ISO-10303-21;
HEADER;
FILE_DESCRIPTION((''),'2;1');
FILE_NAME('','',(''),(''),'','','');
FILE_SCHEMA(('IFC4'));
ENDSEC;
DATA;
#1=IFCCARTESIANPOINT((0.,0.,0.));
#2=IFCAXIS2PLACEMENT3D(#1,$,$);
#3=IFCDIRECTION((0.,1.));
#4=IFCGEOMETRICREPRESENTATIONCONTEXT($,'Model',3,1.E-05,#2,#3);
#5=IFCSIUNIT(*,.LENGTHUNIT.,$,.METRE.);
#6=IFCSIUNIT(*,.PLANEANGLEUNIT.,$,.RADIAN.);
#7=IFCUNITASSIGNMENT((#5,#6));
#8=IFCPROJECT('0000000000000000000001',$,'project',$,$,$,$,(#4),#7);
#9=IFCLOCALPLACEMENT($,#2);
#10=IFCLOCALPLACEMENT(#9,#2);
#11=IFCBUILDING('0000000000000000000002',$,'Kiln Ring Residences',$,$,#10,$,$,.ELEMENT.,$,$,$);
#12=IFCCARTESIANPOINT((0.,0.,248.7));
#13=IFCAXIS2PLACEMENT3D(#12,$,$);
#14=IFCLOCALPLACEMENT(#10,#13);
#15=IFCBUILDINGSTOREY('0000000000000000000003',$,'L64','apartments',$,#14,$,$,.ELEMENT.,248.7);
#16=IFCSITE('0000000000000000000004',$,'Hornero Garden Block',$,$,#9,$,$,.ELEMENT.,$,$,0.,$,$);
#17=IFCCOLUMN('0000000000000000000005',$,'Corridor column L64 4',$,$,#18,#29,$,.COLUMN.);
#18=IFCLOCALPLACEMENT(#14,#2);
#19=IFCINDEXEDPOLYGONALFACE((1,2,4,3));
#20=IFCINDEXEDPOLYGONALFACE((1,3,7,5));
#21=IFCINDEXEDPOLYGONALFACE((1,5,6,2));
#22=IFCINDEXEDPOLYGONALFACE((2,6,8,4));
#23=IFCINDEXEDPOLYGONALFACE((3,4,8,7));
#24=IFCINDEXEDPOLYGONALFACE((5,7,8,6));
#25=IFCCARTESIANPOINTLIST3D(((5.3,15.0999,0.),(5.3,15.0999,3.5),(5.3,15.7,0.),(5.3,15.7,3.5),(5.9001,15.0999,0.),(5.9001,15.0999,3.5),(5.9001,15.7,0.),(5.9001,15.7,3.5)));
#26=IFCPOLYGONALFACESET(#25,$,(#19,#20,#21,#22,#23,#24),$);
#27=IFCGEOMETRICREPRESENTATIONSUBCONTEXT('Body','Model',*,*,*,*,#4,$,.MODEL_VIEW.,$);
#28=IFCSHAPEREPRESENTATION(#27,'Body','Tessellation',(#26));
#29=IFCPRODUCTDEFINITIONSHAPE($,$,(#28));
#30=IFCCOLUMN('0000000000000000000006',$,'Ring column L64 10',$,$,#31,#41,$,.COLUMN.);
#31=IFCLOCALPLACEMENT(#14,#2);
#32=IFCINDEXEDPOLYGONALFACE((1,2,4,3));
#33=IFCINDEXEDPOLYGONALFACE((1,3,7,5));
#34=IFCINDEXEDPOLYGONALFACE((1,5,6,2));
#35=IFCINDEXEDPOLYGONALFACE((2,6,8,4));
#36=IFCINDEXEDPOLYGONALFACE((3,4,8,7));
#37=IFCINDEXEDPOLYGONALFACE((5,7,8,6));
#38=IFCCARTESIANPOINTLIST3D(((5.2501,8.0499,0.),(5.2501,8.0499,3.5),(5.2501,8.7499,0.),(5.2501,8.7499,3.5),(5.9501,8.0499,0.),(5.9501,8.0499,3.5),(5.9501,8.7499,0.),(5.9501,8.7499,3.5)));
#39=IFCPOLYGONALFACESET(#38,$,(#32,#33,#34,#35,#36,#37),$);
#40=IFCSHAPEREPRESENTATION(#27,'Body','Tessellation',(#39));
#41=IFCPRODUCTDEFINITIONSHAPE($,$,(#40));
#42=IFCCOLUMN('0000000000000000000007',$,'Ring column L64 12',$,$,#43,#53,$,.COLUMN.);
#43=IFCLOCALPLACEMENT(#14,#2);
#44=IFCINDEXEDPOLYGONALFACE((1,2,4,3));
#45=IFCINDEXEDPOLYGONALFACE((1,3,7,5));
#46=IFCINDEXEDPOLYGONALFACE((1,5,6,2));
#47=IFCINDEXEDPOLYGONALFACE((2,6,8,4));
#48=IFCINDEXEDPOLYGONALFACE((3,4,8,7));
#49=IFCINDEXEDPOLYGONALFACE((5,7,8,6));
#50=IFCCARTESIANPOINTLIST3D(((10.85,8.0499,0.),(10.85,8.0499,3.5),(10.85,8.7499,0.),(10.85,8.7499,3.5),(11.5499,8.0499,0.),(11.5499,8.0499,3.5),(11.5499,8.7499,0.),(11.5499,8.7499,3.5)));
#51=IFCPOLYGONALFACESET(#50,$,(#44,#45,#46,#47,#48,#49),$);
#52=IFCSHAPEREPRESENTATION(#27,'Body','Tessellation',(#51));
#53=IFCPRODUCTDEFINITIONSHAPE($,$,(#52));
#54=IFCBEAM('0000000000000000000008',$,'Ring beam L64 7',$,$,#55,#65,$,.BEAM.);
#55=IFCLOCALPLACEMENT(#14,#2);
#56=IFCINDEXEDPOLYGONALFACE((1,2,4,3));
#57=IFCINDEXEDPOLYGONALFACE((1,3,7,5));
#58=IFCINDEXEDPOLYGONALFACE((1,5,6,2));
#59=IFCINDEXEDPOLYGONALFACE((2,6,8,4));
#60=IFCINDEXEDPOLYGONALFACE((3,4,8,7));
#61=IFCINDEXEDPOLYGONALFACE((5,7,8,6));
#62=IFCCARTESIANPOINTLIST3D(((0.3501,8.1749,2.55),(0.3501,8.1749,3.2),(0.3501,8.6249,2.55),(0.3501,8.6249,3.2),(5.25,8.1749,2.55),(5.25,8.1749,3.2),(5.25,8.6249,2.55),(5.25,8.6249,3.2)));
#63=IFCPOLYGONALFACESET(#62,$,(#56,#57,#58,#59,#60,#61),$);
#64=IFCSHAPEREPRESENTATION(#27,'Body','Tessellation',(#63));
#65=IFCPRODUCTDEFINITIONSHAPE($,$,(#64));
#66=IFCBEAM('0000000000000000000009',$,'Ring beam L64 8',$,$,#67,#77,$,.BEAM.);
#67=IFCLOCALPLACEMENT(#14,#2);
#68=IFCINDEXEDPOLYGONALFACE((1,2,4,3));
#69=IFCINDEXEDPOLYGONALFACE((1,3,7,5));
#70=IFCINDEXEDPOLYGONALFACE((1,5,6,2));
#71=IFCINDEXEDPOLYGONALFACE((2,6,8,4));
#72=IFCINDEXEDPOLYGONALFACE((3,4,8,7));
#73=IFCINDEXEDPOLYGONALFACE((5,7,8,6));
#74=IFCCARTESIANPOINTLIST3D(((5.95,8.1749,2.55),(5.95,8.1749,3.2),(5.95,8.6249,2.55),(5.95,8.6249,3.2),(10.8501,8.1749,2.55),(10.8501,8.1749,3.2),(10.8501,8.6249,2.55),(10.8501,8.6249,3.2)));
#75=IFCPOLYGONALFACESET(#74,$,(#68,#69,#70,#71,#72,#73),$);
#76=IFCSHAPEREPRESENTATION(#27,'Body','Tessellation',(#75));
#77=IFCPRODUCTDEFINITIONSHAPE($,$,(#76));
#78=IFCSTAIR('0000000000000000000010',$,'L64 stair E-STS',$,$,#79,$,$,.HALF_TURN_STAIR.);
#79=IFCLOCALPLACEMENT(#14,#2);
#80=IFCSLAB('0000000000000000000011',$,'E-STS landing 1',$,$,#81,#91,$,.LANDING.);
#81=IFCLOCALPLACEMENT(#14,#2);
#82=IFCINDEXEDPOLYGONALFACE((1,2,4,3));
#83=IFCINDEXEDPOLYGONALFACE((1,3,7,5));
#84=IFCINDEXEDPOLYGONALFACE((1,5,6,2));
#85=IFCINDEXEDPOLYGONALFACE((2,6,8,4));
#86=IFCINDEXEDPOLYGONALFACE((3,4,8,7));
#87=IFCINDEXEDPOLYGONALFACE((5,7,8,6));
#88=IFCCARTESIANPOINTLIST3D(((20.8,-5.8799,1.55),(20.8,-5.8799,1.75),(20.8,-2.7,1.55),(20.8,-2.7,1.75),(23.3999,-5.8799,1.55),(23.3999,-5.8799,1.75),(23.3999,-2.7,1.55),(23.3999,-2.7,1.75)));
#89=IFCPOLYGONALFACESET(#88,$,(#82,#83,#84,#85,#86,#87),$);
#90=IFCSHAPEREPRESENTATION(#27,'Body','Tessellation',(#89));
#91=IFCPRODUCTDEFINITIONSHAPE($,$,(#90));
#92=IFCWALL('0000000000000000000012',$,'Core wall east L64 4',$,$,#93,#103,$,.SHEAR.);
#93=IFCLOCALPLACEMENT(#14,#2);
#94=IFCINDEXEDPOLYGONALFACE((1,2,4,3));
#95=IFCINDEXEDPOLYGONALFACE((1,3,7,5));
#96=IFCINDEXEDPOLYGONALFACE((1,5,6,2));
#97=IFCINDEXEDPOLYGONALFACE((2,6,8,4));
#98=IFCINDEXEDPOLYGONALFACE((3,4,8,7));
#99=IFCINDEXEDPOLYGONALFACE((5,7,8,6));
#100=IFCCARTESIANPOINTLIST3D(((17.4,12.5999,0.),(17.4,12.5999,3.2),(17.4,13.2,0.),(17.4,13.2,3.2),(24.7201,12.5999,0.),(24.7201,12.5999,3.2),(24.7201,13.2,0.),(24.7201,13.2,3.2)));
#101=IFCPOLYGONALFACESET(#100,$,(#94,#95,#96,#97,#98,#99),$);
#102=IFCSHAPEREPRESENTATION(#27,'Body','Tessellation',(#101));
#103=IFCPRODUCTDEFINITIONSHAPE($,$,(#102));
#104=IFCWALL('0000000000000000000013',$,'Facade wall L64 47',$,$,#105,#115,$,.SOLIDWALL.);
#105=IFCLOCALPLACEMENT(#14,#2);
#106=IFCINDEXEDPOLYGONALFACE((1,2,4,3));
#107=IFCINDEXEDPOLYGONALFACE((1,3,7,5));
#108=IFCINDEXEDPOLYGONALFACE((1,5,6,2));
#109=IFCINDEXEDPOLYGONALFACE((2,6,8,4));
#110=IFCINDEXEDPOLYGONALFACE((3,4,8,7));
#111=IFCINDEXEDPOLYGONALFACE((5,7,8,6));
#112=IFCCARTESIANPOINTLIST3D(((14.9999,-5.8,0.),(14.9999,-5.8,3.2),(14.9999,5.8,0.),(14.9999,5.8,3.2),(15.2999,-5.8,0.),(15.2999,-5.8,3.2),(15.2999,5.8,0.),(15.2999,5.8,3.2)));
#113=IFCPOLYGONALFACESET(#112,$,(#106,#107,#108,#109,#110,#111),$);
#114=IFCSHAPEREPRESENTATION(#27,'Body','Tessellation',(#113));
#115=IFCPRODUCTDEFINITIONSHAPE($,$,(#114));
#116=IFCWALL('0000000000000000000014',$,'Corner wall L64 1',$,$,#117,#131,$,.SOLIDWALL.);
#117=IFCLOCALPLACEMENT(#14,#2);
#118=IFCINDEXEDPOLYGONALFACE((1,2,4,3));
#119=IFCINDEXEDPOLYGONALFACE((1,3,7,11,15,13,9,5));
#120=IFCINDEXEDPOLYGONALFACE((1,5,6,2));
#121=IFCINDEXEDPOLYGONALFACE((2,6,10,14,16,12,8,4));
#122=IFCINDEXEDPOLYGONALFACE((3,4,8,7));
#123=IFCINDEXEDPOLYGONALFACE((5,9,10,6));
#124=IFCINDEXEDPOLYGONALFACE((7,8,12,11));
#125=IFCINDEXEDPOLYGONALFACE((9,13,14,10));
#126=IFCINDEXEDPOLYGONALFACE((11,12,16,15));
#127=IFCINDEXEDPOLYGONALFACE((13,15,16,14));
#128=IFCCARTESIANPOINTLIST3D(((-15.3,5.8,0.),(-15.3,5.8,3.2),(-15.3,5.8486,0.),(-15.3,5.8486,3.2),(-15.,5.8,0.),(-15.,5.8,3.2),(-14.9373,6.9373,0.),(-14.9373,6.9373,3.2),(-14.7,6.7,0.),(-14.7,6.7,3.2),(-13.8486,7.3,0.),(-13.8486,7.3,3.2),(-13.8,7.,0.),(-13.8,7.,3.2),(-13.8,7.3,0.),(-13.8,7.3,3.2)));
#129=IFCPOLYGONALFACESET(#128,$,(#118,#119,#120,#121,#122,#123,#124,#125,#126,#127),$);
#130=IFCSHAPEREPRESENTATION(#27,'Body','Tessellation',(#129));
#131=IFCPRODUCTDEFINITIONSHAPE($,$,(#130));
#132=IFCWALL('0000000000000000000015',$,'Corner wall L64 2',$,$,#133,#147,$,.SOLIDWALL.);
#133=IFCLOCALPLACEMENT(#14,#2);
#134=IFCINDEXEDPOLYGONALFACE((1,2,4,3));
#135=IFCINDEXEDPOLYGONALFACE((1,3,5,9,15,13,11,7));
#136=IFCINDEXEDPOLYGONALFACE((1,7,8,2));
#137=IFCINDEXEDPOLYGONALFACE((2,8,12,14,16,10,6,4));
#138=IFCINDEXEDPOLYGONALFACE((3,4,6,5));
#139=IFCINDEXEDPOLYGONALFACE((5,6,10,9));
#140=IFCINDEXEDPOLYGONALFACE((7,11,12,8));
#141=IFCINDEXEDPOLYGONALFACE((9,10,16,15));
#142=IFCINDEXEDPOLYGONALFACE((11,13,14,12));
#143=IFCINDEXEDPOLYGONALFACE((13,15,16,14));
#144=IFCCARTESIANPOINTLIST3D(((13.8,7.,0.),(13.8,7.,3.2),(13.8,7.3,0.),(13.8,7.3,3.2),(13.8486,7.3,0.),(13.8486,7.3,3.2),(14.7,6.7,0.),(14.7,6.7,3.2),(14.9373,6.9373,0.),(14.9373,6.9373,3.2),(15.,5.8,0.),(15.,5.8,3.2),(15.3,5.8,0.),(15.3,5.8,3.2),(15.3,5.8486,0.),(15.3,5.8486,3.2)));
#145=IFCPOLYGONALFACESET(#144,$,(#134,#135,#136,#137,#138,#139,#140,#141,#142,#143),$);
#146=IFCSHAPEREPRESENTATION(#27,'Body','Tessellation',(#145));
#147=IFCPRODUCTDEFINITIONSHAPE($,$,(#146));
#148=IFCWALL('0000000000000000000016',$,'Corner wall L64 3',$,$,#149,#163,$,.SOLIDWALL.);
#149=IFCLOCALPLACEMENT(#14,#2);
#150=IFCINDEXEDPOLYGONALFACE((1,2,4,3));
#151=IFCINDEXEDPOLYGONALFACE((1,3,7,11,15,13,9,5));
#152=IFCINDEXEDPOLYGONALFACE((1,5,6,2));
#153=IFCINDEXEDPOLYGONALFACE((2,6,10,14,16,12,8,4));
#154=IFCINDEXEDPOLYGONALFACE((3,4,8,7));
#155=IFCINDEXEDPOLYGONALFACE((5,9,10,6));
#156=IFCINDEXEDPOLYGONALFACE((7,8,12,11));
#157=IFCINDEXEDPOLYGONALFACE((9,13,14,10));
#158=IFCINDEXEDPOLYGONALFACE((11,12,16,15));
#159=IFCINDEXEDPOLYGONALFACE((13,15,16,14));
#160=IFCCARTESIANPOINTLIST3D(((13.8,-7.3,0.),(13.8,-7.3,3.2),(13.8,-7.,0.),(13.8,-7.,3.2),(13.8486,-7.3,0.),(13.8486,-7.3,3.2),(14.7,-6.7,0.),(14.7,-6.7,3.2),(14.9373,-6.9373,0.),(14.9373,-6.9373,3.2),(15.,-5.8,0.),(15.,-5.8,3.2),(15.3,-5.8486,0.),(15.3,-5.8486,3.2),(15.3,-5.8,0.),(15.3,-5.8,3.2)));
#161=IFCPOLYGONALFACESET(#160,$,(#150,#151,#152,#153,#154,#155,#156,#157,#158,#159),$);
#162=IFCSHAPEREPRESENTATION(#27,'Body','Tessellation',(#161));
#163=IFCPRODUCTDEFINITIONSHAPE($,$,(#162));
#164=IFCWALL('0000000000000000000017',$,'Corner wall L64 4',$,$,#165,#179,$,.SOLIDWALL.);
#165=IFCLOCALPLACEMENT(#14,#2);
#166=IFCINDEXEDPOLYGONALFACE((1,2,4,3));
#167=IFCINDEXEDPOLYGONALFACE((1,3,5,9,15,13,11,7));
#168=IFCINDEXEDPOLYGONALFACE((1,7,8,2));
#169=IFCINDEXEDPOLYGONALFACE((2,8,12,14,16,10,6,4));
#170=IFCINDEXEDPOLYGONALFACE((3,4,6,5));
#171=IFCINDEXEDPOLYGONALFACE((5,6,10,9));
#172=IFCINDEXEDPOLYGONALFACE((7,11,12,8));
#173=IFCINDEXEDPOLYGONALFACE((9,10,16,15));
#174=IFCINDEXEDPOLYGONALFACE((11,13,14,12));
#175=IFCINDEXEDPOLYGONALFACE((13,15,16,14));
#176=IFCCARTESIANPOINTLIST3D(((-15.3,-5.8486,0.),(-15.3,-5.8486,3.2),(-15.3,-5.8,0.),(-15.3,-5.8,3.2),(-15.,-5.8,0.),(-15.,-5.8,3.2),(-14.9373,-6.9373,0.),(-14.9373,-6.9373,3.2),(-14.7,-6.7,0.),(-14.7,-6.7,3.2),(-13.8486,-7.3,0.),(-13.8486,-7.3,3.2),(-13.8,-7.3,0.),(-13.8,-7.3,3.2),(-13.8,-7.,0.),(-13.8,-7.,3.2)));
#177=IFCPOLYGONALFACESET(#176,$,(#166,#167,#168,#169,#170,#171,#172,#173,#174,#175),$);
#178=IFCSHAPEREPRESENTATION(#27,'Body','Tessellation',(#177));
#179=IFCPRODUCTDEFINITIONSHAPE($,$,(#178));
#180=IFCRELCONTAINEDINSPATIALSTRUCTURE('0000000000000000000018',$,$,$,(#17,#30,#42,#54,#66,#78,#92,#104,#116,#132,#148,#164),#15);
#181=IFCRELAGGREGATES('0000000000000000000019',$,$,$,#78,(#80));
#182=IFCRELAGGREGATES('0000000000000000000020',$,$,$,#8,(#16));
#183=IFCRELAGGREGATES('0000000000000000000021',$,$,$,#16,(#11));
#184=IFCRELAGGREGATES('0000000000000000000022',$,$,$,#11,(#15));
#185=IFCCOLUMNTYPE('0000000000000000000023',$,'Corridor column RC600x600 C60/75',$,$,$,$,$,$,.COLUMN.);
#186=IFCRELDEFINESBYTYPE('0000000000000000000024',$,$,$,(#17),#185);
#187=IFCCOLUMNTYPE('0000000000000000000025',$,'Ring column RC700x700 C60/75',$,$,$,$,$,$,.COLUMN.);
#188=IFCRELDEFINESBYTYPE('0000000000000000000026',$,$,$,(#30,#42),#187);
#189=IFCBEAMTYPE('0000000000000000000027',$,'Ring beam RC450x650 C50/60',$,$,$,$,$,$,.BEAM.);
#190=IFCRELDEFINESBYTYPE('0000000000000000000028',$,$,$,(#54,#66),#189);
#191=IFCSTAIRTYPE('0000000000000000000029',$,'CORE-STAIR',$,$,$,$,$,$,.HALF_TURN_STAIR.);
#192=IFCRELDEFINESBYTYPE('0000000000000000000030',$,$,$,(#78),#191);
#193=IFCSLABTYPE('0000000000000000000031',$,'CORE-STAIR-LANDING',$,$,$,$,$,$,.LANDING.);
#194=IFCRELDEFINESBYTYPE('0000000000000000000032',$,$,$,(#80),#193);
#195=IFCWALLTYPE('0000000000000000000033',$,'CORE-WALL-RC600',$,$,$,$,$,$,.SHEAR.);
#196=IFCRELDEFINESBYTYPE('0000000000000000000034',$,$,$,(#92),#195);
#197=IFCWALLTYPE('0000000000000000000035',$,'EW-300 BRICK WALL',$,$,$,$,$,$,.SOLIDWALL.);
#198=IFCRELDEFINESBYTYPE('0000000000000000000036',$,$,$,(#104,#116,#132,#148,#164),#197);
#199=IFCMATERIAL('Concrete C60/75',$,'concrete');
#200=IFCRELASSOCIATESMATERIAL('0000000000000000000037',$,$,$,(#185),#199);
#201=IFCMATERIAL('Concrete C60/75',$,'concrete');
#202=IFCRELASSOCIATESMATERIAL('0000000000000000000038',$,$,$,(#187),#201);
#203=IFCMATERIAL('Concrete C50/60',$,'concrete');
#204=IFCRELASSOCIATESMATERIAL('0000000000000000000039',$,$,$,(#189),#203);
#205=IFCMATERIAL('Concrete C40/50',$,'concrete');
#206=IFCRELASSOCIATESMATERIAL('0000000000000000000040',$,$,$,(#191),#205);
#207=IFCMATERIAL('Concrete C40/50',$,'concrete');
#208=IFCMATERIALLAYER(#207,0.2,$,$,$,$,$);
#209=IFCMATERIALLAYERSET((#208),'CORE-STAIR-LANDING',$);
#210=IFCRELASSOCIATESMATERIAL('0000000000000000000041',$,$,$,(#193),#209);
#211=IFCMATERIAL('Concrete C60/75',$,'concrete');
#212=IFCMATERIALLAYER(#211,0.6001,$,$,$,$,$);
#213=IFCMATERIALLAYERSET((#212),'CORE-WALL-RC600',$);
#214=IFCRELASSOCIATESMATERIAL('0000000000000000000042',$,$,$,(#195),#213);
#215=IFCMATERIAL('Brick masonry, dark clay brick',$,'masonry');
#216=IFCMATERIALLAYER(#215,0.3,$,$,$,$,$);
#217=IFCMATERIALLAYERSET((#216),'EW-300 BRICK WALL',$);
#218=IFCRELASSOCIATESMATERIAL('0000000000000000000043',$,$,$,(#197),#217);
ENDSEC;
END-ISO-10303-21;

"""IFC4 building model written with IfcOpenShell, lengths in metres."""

from ifc_helpers import new_model, si_unit, direction, frame, frame_2d, origin, origin_2d, place, context, subcontext, project, spatial, polyline, rectangle, outline, extrude, material, layer, layer_set, material_profile, profile_set, type_object, element, aggregate, save


model = new_model("IFC4")

# Units and contexts
model_context = context("Model", 3, precision=1e-05, world=origin(), true_north=direction((0.0, 1.0)))
body_context = subcontext(model_context, "Body", "Model", "MODEL_VIEW")
ifc_project = project(units=[si_unit("LENGTHUNIT", "METRE"), si_unit("PLANEANGLEUNIT", "RADIAN")], contexts=[model_context])

# Site, building, storey
site_placement = place(None, origin())
site = spatial("IfcSite", under=ifc_project, at=site_placement, Name="Hornero Garden Block", CompositionType="ELEMENT", RefElevation=0.0)
building_placement = place(site_placement, origin())
building = spatial("IfcBuilding", under=site, at=building_placement, Name="Kiln Ring Residences", CompositionType="ELEMENT")
storey_placement = place(building_placement, frame((0.0, 0.0, 248.7)))
storey = spatial("IfcBuildingStorey", under=building, at=storey_placement, Name="L64", Description="apartments", CompositionType="ELEMENT", Elevation=248.7)

# Columns
ifc_material_1 = material(Name="Concrete C60/75", Category="concrete")
ifc_material_profile_1 = material_profile(ifc_material_1, rectangle(XDim=0.6001, YDim=0.6001, at=origin_2d()), Name="RC600x600")
ifc_profile_set_1 = profile_set([ifc_material_profile_1], Name="Concrete C60/75")
column_type_1 = type_object("IfcColumnType", Name="Corridor column RC600x600 C60/75", PredefinedType="COLUMN", material=ifc_profile_set_1)
column_placement = place(storey_placement, frame((5.6001, 15.3999, 0.0), z_axis=(0.0, 0.0, 1.0), x_axis=(1.0, 0.0, 0.0)))
element("IfcColumn", 1, at=column_placement, inside=storey, type_object=column_type_1, Name="Corridor column L64 4", PredefinedType="COLUMN", context=body_context, shape_type="SweptSolid", body=[
    extrude(rectangle(XDim=0.6001, YDim=0.6001, at=origin_2d()), origin(), (0.0, 0.0, 1.0), 3.5),
])
ifc_material_2 = material(Name="Concrete C60/75", Category="concrete")
ifc_material_profile_2 = material_profile(ifc_material_2, rectangle(XDim=0.7, YDim=0.7, at=origin_2d()), Name="RC700x700")
ifc_profile_set_2 = profile_set([ifc_material_profile_2], Name="Concrete C60/75")
column_type_2 = type_object("IfcColumnType", Name="Ring column RC700x700 C60/75", PredefinedType="COLUMN", material=ifc_profile_set_2)
for number, where, z_axis, x_axis, name in (
    (2, (5.6001, 8.3999, 0.0), (0.0, 0.0, 1.0), (1.0, 0.0, 0.0), "Ring column L64 10"),
    (3, (11.2, 8.3999, 0.0), (0.0, 0.0, 1.0), (1.0, 0.0, 0.0), "Ring column L64 12"),
):
    element("IfcColumn", number, at=place(storey_placement, frame(where, z_axis=z_axis, x_axis=x_axis)), inside=storey, type_object=column_type_2, Name=name, PredefinedType="COLUMN", context=body_context, shape_type="SweptSolid", body=[
        extrude(rectangle(XDim=0.7, YDim=0.7, at=origin_2d()), origin(), (0.0, 0.0, 1.0), 3.5),
    ])

# Beams
ifc_material_3 = material(Name="Concrete C50/60", Category="concrete")
ifc_material_profile_3 = material_profile(ifc_material_3, rectangle(XDim=0.45, YDim=0.6499, at=origin_2d()), Name="RC450x650")
ifc_profile_set_3 = profile_set([ifc_material_profile_3], Name="Concrete C50/60")
beam_type = type_object("IfcBeamType", Name="Ring beam RC450x650 C50/60", PredefinedType="BEAM", material=ifc_profile_set_3)
beam_1_placement = place(storey_placement, frame((0.3501, 8.3999, 2.875), z_axis=(1.0, 0.0, 0.0), x_axis=(0.0, 1.0, 0.0)))
element("IfcBeam", 4, at=beam_1_placement, inside=storey, type_object=beam_type, Name="Ring beam L64 7", PredefinedType="BEAM", context=body_context, shape_type="SweptSolid", body=[
    extrude(rectangle(XDim=0.45, YDim=0.6499, at=origin_2d()), origin(), (0.0, 0.0, 1.0), 4.8999),
])
beam_2_placement = place(storey_placement, frame((5.95, 8.3999, 2.875), z_axis=(1.0, 0.0, 0.0), x_axis=(0.0, 1.0, 0.0)))
element("IfcBeam", 5, at=beam_2_placement, inside=storey, type_object=beam_type, Name="Ring beam L64 8", PredefinedType="BEAM", context=body_context, shape_type="SweptSolid", body=[
    extrude(rectangle(XDim=0.45, YDim=0.6499, at=origin_2d()), origin(), (0.0, 0.0, 1.0), 4.9001),
])

# Stair, slab
ifc_material_4 = material(Name="Concrete C40/50", Category="concrete")
stair_type = type_object("IfcStairType", Name="CORE-STAIR", PredefinedType="HALF_TURN_STAIR", material=ifc_material_4)
placement = place(storey_placement, origin())
stair = element("IfcStair", 6, at=placement, inside=storey, type_object=stair_type, Name="L64 stair E-STS", PredefinedType="HALF_TURN_STAIR")
ifc_material_5 = material(Name="Concrete C40/50", Category="concrete")
ifc_layer_1 = layer(ifc_material_5, 0.2)
ifc_layer_set_1 = layer_set([ifc_layer_1], Name="CORE-STAIR-LANDING")
slab_type = type_object("IfcSlabType", Name="CORE-STAIR-LANDING", PredefinedType="LANDING", material=ifc_layer_set_1)
slab_placement = place(storey_placement, frame((0.0, 0.0, 1.55)))
slab = element("IfcSlab", 7, at=slab_placement, type_object=slab_type, Name="E-STS landing 1", PredefinedType="LANDING", context=body_context, shape_type="SweptSolid", body=[
    extrude(outline(polyline([(23.3999, -5.8799), (23.3999, -2.7), (20.8, -2.7), (20.8, -5.8799), (23.3999, -5.8799)])), origin(), (0.0, 0.0, 1.0), 0.2),
])
aggregate(stair, [slab])

# Walls
ifc_material_6 = material(Name="Concrete C60/75", Category="concrete")
ifc_layer_2 = layer(ifc_material_6, 0.6001)
ifc_layer_set_2 = layer_set([ifc_layer_2], Name="CORE-WALL-RC600")
wall_type_1 = type_object("IfcWallType", Name="CORE-WALL-RC600", PredefinedType="SHEAR", material=ifc_layer_set_2)
wall_1_placement = place(storey_placement, frame((17.3999, 12.8999, 0.0), z_axis=(0.0, 0.0, 1.0), x_axis=(1.0, 0.0, 0.0)))
element("IfcWall", 8, at=wall_1_placement, inside=storey, type_object=wall_type_1, Name="Core wall east L64 4", PredefinedType="SHEAR", context=body_context, shape_type="SweptSolid", body=[
    extrude(rectangle(XDim=7.3201, YDim=0.6001, at=frame_2d((3.6602, 0.0))), origin(), (0.0, 0.0, 1.0), 3.2),
])
ifc_material_7 = material(Name="Brick masonry, dark clay brick", Category="masonry")
ifc_layer_3 = layer(ifc_material_7, 0.3)
ifc_layer_set_3 = layer_set([ifc_layer_3], Name="EW-300 BRICK WALL")
wall_type_2 = type_object("IfcWallType", Name="EW-300 BRICK WALL", PredefinedType="SOLIDWALL", material=ifc_layer_set_3)
wall_2_placement = place(storey_placement, frame((15.1499, 5.8, 0.0), z_axis=(0.0, 0.0, 1.0), x_axis=(0.0, -1.0, 0.0)))
element("IfcWall", 9, at=wall_2_placement, inside=storey, type_object=wall_type_2, Name="Facade wall L64 47", PredefinedType="SOLIDWALL", context=body_context, shape_type="SweptSolid", body=[
    extrude(rectangle(XDim=11.6001, YDim=0.3, at=frame_2d((5.8, 0.0))), origin(), (0.0, 0.0, 1.0), 3.2),
])
element("IfcWall", 10, at=placement, inside=storey, type_object=wall_type_2, Name="Corner wall L64 1", PredefinedType="SOLIDWALL", context=body_context, shape_type="SweptSolid", body=[
    extrude(outline(polyline([(-13.8486, 7.3), (-14.9373, 6.9373), (-15.3, 5.8486), (-15.3, 5.8), (-15.0, 5.8), (-14.7, 6.7), (-13.8, 7.0), (-13.8, 7.3), (-13.8486, 7.3)])), origin(), (0.0, 0.0, 1.0), 3.2),
])
element("IfcWall", 11, at=placement, inside=storey, type_object=wall_type_2, Name="Corner wall L64 2", PredefinedType="SOLIDWALL", context=body_context, shape_type="SweptSolid", body=[
    extrude(outline(polyline([(14.9373, 6.9373), (13.8486, 7.3), (13.8, 7.3), (13.8, 7.0), (14.7, 6.7), (15.0, 5.8), (15.3, 5.8), (15.3, 5.8486), (14.9373, 6.9373)])), origin(), (0.0, 0.0, 1.0), 3.2),
])
element("IfcWall", 12, at=placement, inside=storey, type_object=wall_type_2, Name="Corner wall L64 3", PredefinedType="SOLIDWALL", context=body_context, shape_type="SweptSolid", body=[
    extrude(outline(polyline([(14.9373, -6.9373), (15.3, -5.8486), (15.3, -5.8), (15.0, -5.8), (14.7, -6.7), (13.8, -7.0), (13.8, -7.3), (13.8486, -7.3), (14.9373, -6.9373)])), origin(), (0.0, 0.0, 1.0), 3.2),
])
element("IfcWall", 13, at=placement, inside=storey, type_object=wall_type_2, Name="Corner wall L64 4", PredefinedType="SOLIDWALL", context=body_context, shape_type="SweptSolid", body=[
    extrude(outline(polyline([(-14.9373, -6.9373), (-13.8486, -7.3), (-13.8, -7.3), (-13.8, -7.0), (-14.7, -6.7), (-15.0, -5.8), (-15.3, -5.8), (-15.3, -5.8486), (-14.9373, -6.9373)])), origin(), (0.0, 0.0, 1.0), 3.2),
])

save(model, "model.ifc")
